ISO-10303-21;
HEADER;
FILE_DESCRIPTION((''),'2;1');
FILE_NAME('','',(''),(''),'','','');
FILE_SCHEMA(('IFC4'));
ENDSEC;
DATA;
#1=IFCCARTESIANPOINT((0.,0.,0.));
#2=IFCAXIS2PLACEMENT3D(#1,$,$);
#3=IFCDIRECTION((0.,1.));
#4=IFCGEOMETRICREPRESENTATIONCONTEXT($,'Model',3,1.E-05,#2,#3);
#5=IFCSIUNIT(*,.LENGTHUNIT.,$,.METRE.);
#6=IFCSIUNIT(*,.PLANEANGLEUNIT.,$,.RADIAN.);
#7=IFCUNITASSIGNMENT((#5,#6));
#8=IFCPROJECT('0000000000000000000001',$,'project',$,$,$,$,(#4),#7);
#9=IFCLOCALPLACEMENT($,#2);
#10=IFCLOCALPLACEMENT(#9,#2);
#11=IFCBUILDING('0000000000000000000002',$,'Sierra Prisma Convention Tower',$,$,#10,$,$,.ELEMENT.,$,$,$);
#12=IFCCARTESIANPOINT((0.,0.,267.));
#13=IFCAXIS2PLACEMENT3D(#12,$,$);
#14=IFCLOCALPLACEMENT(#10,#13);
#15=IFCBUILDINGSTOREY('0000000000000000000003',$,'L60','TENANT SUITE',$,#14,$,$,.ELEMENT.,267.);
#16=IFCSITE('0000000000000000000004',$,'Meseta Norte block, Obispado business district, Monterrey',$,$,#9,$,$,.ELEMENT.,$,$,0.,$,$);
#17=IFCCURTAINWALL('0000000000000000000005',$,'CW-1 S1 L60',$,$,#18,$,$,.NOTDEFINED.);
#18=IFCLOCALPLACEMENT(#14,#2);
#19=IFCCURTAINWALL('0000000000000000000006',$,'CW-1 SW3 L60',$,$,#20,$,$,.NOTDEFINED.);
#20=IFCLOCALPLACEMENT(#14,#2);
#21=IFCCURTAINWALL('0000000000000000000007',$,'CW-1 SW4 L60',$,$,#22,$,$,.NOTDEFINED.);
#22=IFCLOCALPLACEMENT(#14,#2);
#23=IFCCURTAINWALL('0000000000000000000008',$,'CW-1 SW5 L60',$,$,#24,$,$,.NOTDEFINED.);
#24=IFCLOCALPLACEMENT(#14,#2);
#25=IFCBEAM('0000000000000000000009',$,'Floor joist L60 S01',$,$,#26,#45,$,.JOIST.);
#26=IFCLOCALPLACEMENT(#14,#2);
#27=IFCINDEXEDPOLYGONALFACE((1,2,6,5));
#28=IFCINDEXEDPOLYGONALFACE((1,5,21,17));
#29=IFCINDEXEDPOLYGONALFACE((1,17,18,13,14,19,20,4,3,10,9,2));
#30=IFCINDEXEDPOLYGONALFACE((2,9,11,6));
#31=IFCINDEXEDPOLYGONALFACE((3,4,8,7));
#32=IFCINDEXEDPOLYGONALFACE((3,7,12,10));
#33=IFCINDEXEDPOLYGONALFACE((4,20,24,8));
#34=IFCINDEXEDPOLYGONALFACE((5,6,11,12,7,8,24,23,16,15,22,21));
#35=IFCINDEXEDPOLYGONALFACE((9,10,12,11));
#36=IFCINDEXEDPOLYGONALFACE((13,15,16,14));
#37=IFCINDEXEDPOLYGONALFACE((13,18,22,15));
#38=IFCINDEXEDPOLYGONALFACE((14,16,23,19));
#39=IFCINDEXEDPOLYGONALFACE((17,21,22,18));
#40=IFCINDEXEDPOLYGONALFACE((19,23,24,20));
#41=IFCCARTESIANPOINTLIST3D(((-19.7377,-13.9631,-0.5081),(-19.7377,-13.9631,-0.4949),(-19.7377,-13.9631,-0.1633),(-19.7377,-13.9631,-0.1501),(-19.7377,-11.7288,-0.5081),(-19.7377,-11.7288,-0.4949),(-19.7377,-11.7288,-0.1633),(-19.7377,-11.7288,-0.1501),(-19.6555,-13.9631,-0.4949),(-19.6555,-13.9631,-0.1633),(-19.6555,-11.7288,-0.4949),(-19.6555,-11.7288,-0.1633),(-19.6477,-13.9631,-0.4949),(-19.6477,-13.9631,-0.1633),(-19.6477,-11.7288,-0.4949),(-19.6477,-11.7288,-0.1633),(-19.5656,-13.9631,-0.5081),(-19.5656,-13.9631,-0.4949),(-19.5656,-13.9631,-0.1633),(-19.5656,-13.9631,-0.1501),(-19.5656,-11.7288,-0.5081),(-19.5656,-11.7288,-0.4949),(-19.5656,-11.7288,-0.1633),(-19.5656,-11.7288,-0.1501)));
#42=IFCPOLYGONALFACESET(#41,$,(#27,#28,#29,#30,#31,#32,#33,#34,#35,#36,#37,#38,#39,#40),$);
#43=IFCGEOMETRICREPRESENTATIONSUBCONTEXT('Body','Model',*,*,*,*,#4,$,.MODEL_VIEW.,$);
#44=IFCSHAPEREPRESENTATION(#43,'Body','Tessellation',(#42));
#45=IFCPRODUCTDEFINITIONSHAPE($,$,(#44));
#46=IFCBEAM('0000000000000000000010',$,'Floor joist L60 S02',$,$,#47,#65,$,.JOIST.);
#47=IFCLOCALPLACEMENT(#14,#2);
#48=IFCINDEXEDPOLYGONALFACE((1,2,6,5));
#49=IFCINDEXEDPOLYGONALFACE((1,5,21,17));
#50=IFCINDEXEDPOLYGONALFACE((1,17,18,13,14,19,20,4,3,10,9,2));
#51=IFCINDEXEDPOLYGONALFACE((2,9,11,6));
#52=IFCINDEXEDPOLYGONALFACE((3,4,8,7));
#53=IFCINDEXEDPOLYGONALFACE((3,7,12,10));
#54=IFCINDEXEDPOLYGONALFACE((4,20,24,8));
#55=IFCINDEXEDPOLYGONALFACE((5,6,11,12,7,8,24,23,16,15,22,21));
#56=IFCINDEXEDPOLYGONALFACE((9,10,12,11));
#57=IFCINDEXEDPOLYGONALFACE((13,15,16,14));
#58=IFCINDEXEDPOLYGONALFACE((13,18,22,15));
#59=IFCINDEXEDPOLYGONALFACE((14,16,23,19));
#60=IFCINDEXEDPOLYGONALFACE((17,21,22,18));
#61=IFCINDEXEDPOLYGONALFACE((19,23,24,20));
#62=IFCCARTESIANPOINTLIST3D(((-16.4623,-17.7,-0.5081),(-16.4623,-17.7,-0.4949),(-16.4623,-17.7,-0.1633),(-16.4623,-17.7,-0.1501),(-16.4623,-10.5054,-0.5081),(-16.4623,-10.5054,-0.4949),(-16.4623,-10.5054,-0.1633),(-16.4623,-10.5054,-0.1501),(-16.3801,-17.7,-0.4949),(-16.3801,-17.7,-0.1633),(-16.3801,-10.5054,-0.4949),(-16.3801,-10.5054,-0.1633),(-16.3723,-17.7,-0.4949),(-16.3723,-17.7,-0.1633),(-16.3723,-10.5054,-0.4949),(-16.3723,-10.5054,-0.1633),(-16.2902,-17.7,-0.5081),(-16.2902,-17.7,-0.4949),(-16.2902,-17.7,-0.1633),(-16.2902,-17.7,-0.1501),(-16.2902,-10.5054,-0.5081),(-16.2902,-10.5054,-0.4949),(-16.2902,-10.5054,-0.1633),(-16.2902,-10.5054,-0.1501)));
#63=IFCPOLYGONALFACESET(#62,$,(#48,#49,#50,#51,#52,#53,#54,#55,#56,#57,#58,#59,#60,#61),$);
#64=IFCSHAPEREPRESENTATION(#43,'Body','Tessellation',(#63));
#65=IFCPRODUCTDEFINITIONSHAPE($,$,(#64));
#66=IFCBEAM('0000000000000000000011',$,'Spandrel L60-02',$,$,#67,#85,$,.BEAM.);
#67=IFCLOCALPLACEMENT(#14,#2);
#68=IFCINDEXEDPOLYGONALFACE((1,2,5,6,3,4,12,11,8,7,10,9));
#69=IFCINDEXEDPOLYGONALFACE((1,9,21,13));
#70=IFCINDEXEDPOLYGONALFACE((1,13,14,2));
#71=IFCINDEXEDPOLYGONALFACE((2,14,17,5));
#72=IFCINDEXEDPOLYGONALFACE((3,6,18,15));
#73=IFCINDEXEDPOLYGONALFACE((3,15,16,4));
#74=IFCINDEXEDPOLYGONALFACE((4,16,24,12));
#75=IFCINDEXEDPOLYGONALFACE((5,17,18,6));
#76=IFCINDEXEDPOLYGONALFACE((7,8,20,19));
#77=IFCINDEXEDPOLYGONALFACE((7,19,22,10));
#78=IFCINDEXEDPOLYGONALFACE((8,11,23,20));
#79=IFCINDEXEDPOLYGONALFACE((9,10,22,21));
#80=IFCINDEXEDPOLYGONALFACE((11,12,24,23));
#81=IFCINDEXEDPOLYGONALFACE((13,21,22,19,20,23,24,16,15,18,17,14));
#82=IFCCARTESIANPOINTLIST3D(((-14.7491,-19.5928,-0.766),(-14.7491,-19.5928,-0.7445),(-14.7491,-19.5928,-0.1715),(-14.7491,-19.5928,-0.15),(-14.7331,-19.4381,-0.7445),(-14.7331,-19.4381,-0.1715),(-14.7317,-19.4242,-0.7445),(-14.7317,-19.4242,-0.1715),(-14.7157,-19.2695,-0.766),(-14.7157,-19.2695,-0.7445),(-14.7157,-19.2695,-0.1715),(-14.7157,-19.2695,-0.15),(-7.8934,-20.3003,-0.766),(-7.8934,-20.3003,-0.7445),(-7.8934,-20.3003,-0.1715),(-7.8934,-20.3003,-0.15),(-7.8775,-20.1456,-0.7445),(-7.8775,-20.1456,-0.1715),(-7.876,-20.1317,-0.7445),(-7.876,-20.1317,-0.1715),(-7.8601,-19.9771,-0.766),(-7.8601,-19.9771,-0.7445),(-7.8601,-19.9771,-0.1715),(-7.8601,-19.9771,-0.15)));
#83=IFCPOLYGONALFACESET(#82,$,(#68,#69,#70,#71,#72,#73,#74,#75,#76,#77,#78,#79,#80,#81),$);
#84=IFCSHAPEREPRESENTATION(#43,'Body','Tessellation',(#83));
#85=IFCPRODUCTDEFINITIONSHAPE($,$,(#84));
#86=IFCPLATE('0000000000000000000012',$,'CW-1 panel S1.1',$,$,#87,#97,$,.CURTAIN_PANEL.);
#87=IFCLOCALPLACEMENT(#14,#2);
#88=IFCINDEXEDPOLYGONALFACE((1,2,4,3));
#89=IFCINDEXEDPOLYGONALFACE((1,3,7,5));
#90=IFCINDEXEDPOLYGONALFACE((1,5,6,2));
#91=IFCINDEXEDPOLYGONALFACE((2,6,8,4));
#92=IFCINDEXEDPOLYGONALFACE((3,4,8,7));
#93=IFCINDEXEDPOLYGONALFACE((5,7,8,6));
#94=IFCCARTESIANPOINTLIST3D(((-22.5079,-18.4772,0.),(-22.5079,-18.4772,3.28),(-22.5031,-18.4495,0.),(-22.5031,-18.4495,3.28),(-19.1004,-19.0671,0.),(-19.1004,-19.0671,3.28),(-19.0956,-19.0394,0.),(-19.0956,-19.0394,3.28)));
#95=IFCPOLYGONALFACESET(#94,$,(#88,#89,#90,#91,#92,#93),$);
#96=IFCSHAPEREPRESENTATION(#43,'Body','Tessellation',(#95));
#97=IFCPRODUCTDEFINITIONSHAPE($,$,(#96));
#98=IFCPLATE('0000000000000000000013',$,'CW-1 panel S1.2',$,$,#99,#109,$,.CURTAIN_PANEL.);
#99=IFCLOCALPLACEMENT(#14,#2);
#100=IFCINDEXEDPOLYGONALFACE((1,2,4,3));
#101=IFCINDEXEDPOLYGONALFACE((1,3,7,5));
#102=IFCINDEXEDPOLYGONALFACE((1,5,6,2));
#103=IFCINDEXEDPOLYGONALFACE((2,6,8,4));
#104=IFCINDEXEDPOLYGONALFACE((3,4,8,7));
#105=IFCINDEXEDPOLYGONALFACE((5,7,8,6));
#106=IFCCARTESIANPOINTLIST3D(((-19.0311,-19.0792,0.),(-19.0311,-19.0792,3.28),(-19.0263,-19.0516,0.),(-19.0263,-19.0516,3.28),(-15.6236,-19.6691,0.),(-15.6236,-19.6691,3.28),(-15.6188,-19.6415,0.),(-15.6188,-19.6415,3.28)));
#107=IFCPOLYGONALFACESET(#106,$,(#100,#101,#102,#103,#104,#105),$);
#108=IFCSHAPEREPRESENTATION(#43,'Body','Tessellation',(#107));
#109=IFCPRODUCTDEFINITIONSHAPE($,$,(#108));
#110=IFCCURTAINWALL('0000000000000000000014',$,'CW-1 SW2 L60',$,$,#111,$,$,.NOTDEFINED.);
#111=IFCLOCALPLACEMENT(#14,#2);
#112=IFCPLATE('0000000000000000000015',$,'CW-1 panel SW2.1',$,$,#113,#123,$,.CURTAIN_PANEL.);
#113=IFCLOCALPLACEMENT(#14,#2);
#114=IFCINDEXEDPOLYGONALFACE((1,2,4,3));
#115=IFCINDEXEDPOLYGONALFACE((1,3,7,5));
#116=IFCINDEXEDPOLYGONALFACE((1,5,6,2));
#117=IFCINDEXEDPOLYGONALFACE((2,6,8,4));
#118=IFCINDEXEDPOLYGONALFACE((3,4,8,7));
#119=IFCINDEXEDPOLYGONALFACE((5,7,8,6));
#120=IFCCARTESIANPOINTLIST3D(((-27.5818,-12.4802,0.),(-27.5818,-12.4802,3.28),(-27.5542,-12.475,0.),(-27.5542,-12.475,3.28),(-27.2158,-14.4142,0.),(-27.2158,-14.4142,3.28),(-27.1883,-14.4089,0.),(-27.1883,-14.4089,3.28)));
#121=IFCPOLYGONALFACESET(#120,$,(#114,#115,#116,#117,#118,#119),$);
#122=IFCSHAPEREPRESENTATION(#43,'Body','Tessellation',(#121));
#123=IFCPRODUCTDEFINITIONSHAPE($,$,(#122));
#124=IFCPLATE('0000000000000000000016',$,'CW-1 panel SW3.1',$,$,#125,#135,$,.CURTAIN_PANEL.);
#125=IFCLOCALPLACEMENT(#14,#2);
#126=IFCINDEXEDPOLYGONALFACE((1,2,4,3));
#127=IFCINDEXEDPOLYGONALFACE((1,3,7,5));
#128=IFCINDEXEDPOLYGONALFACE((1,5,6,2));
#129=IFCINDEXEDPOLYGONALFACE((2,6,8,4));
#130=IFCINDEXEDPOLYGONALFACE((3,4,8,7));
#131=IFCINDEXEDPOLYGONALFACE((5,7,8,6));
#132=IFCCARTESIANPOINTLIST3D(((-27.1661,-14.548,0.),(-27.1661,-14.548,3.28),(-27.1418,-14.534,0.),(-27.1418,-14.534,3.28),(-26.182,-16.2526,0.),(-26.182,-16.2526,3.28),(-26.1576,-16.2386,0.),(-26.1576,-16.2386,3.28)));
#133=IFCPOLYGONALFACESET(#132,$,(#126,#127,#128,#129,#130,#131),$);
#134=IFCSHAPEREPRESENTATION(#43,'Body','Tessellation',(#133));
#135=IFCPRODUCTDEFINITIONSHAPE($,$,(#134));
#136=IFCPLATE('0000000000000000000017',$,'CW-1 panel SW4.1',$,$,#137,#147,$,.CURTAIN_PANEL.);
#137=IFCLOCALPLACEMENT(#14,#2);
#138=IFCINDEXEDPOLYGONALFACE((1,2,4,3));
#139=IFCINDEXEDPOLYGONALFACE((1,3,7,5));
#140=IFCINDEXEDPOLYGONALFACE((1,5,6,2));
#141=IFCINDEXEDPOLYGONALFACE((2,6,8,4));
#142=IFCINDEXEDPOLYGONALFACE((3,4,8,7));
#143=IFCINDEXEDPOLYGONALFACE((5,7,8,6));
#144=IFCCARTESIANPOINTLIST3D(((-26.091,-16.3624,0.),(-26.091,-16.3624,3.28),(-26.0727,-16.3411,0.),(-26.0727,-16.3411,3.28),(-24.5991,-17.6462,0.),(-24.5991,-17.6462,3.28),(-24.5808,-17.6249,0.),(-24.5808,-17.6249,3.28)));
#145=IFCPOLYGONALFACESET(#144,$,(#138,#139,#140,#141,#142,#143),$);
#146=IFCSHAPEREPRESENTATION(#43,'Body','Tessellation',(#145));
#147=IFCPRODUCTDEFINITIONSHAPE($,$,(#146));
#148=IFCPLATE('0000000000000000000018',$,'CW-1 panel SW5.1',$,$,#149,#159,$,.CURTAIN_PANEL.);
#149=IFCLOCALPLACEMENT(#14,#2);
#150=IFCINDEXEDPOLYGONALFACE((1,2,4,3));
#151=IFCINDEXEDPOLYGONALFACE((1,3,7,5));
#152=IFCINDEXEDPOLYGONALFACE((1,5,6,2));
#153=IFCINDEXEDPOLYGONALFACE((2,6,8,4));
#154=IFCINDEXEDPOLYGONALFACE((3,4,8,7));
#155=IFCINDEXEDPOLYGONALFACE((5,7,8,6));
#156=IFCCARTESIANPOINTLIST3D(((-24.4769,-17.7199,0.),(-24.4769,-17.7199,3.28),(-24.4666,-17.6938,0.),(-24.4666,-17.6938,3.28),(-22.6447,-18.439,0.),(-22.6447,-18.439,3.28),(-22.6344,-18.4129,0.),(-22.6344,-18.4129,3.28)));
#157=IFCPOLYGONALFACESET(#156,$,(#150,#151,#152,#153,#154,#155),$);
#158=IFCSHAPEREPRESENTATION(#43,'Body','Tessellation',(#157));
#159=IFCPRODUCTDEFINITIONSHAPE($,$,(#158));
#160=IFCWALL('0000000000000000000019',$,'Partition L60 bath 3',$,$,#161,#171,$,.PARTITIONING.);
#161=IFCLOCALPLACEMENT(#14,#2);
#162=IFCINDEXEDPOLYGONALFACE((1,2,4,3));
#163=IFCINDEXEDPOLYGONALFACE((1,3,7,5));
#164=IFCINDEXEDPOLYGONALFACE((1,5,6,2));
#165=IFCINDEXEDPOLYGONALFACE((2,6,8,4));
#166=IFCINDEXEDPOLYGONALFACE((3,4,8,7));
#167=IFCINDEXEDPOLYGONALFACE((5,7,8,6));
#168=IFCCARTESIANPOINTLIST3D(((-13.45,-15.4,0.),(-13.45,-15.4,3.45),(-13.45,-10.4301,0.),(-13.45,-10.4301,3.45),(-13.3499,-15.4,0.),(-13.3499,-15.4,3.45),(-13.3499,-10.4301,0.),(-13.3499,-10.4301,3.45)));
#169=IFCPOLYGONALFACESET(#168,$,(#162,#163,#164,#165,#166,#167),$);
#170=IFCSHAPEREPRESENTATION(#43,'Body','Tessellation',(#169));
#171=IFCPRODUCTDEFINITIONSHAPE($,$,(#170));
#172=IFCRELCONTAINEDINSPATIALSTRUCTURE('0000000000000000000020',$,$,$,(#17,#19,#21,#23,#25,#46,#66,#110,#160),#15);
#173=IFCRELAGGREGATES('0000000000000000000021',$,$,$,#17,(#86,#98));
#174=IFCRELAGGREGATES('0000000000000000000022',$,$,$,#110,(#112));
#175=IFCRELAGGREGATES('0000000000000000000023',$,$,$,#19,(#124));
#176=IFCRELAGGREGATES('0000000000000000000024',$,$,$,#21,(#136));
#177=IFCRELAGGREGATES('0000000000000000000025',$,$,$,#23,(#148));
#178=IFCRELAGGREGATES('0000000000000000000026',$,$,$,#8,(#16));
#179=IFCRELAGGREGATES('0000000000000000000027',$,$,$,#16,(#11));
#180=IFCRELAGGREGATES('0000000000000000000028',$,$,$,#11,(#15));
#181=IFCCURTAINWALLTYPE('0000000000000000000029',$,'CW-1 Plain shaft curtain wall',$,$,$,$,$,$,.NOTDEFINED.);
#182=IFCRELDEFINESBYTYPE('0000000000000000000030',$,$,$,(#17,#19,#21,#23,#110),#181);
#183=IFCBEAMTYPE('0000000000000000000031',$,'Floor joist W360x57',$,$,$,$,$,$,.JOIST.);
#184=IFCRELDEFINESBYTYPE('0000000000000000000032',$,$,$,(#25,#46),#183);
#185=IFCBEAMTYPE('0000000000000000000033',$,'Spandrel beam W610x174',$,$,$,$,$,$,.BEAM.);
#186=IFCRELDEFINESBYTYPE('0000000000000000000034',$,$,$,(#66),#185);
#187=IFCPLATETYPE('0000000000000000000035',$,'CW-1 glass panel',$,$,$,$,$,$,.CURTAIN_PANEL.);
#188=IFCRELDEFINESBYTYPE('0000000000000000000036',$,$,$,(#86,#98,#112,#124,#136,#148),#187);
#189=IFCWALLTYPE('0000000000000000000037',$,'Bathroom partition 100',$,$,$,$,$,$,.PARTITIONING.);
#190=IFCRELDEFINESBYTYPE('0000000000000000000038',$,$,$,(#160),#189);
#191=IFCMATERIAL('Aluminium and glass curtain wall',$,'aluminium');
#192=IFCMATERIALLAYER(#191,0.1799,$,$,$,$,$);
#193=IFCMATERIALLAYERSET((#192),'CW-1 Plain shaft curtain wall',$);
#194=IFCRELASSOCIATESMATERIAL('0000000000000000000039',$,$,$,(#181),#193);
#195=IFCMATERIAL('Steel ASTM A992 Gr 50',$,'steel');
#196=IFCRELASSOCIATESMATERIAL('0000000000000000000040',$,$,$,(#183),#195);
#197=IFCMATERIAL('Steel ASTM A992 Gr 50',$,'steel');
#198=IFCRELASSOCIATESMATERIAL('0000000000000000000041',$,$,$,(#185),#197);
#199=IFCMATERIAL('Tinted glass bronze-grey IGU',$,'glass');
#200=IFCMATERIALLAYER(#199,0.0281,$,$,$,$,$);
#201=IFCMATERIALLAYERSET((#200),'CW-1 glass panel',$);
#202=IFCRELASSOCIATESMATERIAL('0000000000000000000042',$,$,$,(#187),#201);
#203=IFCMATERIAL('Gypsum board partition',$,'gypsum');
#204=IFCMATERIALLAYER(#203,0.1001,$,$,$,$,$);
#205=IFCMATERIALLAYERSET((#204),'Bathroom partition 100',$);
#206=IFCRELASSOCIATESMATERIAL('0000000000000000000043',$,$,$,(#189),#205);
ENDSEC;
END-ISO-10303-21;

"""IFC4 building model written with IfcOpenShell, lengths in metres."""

from ifc_helpers import new_model, si_unit, direction, frame, frame_2d, origin, origin_2d, place, context, subcontext, project, spatial, rectangle, i_section, extrude, material, layer, layer_set, material_profile, profile_set, type_object, element, aggregate, save


model = new_model("IFC4")

# Units and contexts
model_context = context("Model", 3, precision=1e-05, world=origin(), true_north=direction((0.0, 1.0)))
body_context = subcontext(model_context, "Body", "Model", "MODEL_VIEW")
ifc_project = project(units=[si_unit("LENGTHUNIT", "METRE"), si_unit("PLANEANGLEUNIT", "RADIAN")], contexts=[model_context])

# Site, building, storey
site_placement = place(None, origin())
site = spatial("IfcSite", under=ifc_project, at=site_placement, Name="Meseta Norte block, Obispado business district, Monterrey", CompositionType="ELEMENT", RefElevation=0.0)
building_placement = place(site_placement, origin())
building = spatial("IfcBuilding", under=site, at=building_placement, Name="Sierra Prisma Convention Tower", CompositionType="ELEMENT")
storey_placement = place(building_placement, frame((0.0, 0.0, 267.0)))
storey = spatial("IfcBuildingStorey", under=building, at=storey_placement, Name="L60", Description="TENANT SUITE", CompositionType="ELEMENT", Elevation=267.0)

# Curtain wall
ifc_material_1 = material(Name="Aluminium and glass curtain wall", Category="aluminium")
ifc_layer_1 = layer(ifc_material_1, 0.1799)
ifc_layer_set_1 = layer_set([ifc_layer_1], Name="CW-1 Plain shaft curtain wall")
curtain_wall_type = type_object("IfcCurtainWallType", Name="CW-1 Plain shaft curtain wall", PredefinedType="NOTDEFINED", material=ifc_layer_set_1)
curtain_wall_1_placement = place(storey_placement, origin())
curtain_wall_1 = element("IfcCurtainWall", 1, at=curtain_wall_1_placement, inside=storey, type_object=curtain_wall_type, Name="CW-1 S1 L60", PredefinedType="NOTDEFINED")

# Curtain walls
curtain_wall_2_placement = place(storey_placement, origin())
curtain_wall_2 = element("IfcCurtainWall", 2, at=curtain_wall_2_placement, inside=storey, type_object=curtain_wall_type, Name="CW-1 SW3 L60", PredefinedType="NOTDEFINED")
curtain_wall_3_placement = place(storey_placement, origin())
curtain_wall_3 = element("IfcCurtainWall", 3, at=curtain_wall_3_placement, inside=storey, type_object=curtain_wall_type, Name="CW-1 SW4 L60", PredefinedType="NOTDEFINED")
curtain_wall_4_placement = place(storey_placement, origin())
curtain_wall_4 = element("IfcCurtainWall", 4, at=curtain_wall_4_placement, inside=storey, type_object=curtain_wall_type, Name="CW-1 SW5 L60", PredefinedType="NOTDEFINED")

# Beams
ifc_material_2 = material(Name="Steel ASTM A992 Gr 50", Category="steel")
ifc_material_profile_1 = material_profile(ifc_material_2, i_section(OverallWidth=0.1721, OverallDepth=0.3579, WebThickness=0.0078, FlangeThickness=0.0132, at=origin_2d()), Name="W360x57")
ifc_profile_set_1 = profile_set([ifc_material_profile_1], Name="Steel ASTM A992 Gr 50")
beam_type_1 = type_object("IfcBeamType", Name="Floor joist W360x57", PredefinedType="JOIST", material=ifc_profile_set_1)
beam_1_placement = place(storey_placement, frame((-19.6516, -13.9631, -0.3291), z_axis=(0.0, 1.0, 0.0), x_axis=(-1.0, 0.0, 0.0)))
element("IfcBeam", 5, at=beam_1_placement, inside=storey, type_object=beam_type_1, Name="Floor joist L60 S01", PredefinedType="JOIST", context=body_context, shape_type="SweptSolid", body=[
    extrude(i_section(OverallWidth=0.1721, OverallDepth=0.3579, WebThickness=0.0078, FlangeThickness=0.0132, at=origin_2d()), origin(), (0.0, 0.0, 1.0), 2.2344),
])
beam_2_placement = place(storey_placement, frame((-16.3762, -17.7, -0.3291), z_axis=(0.0, 1.0, 0.0), x_axis=(-1.0, 0.0, 0.0)))
element("IfcBeam", 6, at=beam_2_placement, inside=storey, type_object=beam_type_1, Name="Floor joist L60 S02", PredefinedType="JOIST", context=body_context, shape_type="SweptSolid", body=[
    extrude(i_section(OverallWidth=0.1721, OverallDepth=0.3579, WebThickness=0.0078, FlangeThickness=0.0132, at=origin_2d()), origin(), (0.0, 0.0, 1.0), 7.1946),
])
ifc_material_3 = material(Name="Steel ASTM A992 Gr 50", Category="steel")
ifc_material_profile_2 = material_profile(ifc_material_3, i_section(OverallWidth=0.325, OverallDepth=0.616, WebThickness=0.0139, FlangeThickness=0.0215, at=origin_2d()), Name="W610x174")
ifc_profile_set_2 = profile_set([ifc_material_profile_2], Name="Steel ASTM A992 Gr 50")
beam_type_2 = type_object("IfcBeamType", Name="Spandrel beam W610x174", PredefinedType="BEAM", material=ifc_profile_set_2)
beam_3_placement = place(storey_placement, frame((-14.7324, -19.4312, -0.458), z_axis=(0.994717, -0.102656, 0.0), x_axis=(0.102656, 0.994717, 0.0)))
element("IfcBeam", 7, at=beam_3_placement, inside=storey, type_object=beam_type_2, Name="Spandrel L60-02", PredefinedType="BEAM", context=body_context, shape_type="SweptSolid", body=[
    extrude(i_section(OverallWidth=0.325, OverallDepth=0.616, WebThickness=0.0139, FlangeThickness=0.0215, at=origin_2d()), origin(), (0.0, 0.0, 1.0), 6.8921),
])

# Plates
ifc_material_4 = material(Name="Tinted glass bronze-grey IGU", Category="glass")
ifc_layer_2 = layer(ifc_material_4, 0.0281)
ifc_layer_set_2 = layer_set([ifc_layer_2], Name="CW-1 glass panel")
plate_type = type_object("IfcPlateType", Name="CW-1 glass panel", PredefinedType="CURTAIN_PANEL", material=ifc_layer_set_2)
plate_1_placement = place(storey_placement, frame((-20.8018, -18.7583, 0.0), z_axis=(0.0, 0.0, 1.0), x_axis=(0.985345, -0.170573, 0.0)))
plate_1 = element("IfcPlate", 8, at=plate_1_placement, type_object=plate_type, Name="CW-1 panel S1.1", PredefinedType="CURTAIN_PANEL", context=body_context, shape_type="SweptSolid", body=[
    extrude(rectangle(XDim=3.4583, YDim=0.0281, at=origin_2d()), origin(), (0.0, 0.0, 1.0), 3.28),
])
plate_2_placement = place(storey_placement, frame((-17.325, -19.3604, 0.0), z_axis=(0.0, 0.0, 1.0), x_axis=(0.985345, -0.170573, 0.0)))
plate_2 = element("IfcPlate", 9, at=plate_2_placement, type_object=plate_type, Name="CW-1 panel S1.2", PredefinedType="CURTAIN_PANEL", context=body_context, shape_type="SweptSolid", body=[
    extrude(rectangle(XDim=3.4583, YDim=0.0281, at=origin_2d()), origin(), (0.0, 0.0, 1.0), 3.28),
])
aggregate(curtain_wall_1, [plate_1, plate_2])

# Curtain wall, plate
curtain_wall_5_placement = place(storey_placement, origin())
curtain_wall_5 = element("IfcCurtainWall", 10, at=curtain_wall_5_placement, inside=storey, type_object=curtain_wall_type, Name="CW-1 SW2 L60", PredefinedType="NOTDEFINED")
plate_3_placement = place(storey_placement, frame((-27.385, -13.4446, 0.0), z_axis=(0.0, 0.0, 1.0), x_axis=(0.185909, -0.982567, 0.0)))
plate_3 = element("IfcPlate", 11, at=plate_3_placement, type_object=plate_type, Name="CW-1 panel SW2.1", PredefinedType="CURTAIN_PANEL", context=body_context, shape_type="SweptSolid", body=[
    extrude(rectangle(XDim=1.9683, YDim=0.0281, at=origin_2d()), origin(), (0.0, 0.0, 1.0), 3.28),
])
aggregate(curtain_wall_5, [plate_3])

# Plates
plate_4_placement = place(storey_placement, frame((-26.6619, -15.3933, 0.0), z_axis=(0.0, 0.0, 1.0), x_axis=(0.5, -0.866025, 0.0)))
plate_4 = element("IfcPlate", 12, at=plate_4_placement, type_object=plate_type, Name="CW-1 panel SW3.1", PredefinedType="CURTAIN_PANEL", context=body_context, shape_type="SweptSolid", body=[
    extrude(rectangle(XDim=1.9683, YDim=0.0281, at=origin_2d()), origin(), (0.0, 0.0, 1.0), 3.28),
])
aggregate(curtain_wall_2, [plate_4])
plate_5_placement = place(storey_placement, frame((-25.3359, -16.9937, 0.0), z_axis=(0.0, 0.0, 1.0), x_axis=(0.757973, -0.652285, 0.0)))
plate_5 = element("IfcPlate", 13, at=plate_5_placement, type_object=plate_type, Name="CW-1 panel SW4.1", PredefinedType="CURTAIN_PANEL", context=body_context, shape_type="SweptSolid", body=[
    extrude(rectangle(XDim=1.9683, YDim=0.0281, at=origin_2d()), origin(), (0.0, 0.0, 1.0), 3.28),
])
aggregate(curtain_wall_3, [plate_5])
plate_6_placement = place(storey_placement, frame((-23.5557, -18.0664, 0.0), z_axis=(0.0, 0.0, 1.0), x_axis=(0.930876, -0.365336, 0.0)))
plate_6 = element("IfcPlate", 14, at=plate_6_placement, type_object=plate_type, Name="CW-1 panel SW5.1", PredefinedType="CURTAIN_PANEL", context=body_context, shape_type="SweptSolid", body=[
    extrude(rectangle(XDim=1.9683, YDim=0.0281, at=origin_2d()), origin(), (0.0, 0.0, 1.0), 3.28),
])
aggregate(curtain_wall_4, [plate_6])

# Wall
ifc_material_5 = material(Name="Gypsum board partition", Category="gypsum")
ifc_layer_3 = layer(ifc_material_5, 0.1001)
ifc_layer_set_3 = layer_set([ifc_layer_3], Name="Bathroom partition 100")
wall_type = type_object("IfcWallType", Name="Bathroom partition 100", PredefinedType="PARTITIONING", material=ifc_layer_set_3)
wall_placement = place(storey_placement, frame((-13.3999, -15.3999, 0.0), z_axis=(0.0, 0.0, 1.0), x_axis=(0.0, 1.0, 0.0)))
element("IfcWall", 15, at=wall_placement, inside=storey, type_object=wall_type, Name="Partition L60 bath 3", PredefinedType="PARTITIONING", context=body_context, shape_type="SweptSolid", body=[
    extrude(rectangle(XDim=4.97, YDim=0.1001, at=frame_2d((2.4849, 0.0))), origin(), (0.0, 0.0, 1.0), 3.45),
])

save(model, "model.ifc")
